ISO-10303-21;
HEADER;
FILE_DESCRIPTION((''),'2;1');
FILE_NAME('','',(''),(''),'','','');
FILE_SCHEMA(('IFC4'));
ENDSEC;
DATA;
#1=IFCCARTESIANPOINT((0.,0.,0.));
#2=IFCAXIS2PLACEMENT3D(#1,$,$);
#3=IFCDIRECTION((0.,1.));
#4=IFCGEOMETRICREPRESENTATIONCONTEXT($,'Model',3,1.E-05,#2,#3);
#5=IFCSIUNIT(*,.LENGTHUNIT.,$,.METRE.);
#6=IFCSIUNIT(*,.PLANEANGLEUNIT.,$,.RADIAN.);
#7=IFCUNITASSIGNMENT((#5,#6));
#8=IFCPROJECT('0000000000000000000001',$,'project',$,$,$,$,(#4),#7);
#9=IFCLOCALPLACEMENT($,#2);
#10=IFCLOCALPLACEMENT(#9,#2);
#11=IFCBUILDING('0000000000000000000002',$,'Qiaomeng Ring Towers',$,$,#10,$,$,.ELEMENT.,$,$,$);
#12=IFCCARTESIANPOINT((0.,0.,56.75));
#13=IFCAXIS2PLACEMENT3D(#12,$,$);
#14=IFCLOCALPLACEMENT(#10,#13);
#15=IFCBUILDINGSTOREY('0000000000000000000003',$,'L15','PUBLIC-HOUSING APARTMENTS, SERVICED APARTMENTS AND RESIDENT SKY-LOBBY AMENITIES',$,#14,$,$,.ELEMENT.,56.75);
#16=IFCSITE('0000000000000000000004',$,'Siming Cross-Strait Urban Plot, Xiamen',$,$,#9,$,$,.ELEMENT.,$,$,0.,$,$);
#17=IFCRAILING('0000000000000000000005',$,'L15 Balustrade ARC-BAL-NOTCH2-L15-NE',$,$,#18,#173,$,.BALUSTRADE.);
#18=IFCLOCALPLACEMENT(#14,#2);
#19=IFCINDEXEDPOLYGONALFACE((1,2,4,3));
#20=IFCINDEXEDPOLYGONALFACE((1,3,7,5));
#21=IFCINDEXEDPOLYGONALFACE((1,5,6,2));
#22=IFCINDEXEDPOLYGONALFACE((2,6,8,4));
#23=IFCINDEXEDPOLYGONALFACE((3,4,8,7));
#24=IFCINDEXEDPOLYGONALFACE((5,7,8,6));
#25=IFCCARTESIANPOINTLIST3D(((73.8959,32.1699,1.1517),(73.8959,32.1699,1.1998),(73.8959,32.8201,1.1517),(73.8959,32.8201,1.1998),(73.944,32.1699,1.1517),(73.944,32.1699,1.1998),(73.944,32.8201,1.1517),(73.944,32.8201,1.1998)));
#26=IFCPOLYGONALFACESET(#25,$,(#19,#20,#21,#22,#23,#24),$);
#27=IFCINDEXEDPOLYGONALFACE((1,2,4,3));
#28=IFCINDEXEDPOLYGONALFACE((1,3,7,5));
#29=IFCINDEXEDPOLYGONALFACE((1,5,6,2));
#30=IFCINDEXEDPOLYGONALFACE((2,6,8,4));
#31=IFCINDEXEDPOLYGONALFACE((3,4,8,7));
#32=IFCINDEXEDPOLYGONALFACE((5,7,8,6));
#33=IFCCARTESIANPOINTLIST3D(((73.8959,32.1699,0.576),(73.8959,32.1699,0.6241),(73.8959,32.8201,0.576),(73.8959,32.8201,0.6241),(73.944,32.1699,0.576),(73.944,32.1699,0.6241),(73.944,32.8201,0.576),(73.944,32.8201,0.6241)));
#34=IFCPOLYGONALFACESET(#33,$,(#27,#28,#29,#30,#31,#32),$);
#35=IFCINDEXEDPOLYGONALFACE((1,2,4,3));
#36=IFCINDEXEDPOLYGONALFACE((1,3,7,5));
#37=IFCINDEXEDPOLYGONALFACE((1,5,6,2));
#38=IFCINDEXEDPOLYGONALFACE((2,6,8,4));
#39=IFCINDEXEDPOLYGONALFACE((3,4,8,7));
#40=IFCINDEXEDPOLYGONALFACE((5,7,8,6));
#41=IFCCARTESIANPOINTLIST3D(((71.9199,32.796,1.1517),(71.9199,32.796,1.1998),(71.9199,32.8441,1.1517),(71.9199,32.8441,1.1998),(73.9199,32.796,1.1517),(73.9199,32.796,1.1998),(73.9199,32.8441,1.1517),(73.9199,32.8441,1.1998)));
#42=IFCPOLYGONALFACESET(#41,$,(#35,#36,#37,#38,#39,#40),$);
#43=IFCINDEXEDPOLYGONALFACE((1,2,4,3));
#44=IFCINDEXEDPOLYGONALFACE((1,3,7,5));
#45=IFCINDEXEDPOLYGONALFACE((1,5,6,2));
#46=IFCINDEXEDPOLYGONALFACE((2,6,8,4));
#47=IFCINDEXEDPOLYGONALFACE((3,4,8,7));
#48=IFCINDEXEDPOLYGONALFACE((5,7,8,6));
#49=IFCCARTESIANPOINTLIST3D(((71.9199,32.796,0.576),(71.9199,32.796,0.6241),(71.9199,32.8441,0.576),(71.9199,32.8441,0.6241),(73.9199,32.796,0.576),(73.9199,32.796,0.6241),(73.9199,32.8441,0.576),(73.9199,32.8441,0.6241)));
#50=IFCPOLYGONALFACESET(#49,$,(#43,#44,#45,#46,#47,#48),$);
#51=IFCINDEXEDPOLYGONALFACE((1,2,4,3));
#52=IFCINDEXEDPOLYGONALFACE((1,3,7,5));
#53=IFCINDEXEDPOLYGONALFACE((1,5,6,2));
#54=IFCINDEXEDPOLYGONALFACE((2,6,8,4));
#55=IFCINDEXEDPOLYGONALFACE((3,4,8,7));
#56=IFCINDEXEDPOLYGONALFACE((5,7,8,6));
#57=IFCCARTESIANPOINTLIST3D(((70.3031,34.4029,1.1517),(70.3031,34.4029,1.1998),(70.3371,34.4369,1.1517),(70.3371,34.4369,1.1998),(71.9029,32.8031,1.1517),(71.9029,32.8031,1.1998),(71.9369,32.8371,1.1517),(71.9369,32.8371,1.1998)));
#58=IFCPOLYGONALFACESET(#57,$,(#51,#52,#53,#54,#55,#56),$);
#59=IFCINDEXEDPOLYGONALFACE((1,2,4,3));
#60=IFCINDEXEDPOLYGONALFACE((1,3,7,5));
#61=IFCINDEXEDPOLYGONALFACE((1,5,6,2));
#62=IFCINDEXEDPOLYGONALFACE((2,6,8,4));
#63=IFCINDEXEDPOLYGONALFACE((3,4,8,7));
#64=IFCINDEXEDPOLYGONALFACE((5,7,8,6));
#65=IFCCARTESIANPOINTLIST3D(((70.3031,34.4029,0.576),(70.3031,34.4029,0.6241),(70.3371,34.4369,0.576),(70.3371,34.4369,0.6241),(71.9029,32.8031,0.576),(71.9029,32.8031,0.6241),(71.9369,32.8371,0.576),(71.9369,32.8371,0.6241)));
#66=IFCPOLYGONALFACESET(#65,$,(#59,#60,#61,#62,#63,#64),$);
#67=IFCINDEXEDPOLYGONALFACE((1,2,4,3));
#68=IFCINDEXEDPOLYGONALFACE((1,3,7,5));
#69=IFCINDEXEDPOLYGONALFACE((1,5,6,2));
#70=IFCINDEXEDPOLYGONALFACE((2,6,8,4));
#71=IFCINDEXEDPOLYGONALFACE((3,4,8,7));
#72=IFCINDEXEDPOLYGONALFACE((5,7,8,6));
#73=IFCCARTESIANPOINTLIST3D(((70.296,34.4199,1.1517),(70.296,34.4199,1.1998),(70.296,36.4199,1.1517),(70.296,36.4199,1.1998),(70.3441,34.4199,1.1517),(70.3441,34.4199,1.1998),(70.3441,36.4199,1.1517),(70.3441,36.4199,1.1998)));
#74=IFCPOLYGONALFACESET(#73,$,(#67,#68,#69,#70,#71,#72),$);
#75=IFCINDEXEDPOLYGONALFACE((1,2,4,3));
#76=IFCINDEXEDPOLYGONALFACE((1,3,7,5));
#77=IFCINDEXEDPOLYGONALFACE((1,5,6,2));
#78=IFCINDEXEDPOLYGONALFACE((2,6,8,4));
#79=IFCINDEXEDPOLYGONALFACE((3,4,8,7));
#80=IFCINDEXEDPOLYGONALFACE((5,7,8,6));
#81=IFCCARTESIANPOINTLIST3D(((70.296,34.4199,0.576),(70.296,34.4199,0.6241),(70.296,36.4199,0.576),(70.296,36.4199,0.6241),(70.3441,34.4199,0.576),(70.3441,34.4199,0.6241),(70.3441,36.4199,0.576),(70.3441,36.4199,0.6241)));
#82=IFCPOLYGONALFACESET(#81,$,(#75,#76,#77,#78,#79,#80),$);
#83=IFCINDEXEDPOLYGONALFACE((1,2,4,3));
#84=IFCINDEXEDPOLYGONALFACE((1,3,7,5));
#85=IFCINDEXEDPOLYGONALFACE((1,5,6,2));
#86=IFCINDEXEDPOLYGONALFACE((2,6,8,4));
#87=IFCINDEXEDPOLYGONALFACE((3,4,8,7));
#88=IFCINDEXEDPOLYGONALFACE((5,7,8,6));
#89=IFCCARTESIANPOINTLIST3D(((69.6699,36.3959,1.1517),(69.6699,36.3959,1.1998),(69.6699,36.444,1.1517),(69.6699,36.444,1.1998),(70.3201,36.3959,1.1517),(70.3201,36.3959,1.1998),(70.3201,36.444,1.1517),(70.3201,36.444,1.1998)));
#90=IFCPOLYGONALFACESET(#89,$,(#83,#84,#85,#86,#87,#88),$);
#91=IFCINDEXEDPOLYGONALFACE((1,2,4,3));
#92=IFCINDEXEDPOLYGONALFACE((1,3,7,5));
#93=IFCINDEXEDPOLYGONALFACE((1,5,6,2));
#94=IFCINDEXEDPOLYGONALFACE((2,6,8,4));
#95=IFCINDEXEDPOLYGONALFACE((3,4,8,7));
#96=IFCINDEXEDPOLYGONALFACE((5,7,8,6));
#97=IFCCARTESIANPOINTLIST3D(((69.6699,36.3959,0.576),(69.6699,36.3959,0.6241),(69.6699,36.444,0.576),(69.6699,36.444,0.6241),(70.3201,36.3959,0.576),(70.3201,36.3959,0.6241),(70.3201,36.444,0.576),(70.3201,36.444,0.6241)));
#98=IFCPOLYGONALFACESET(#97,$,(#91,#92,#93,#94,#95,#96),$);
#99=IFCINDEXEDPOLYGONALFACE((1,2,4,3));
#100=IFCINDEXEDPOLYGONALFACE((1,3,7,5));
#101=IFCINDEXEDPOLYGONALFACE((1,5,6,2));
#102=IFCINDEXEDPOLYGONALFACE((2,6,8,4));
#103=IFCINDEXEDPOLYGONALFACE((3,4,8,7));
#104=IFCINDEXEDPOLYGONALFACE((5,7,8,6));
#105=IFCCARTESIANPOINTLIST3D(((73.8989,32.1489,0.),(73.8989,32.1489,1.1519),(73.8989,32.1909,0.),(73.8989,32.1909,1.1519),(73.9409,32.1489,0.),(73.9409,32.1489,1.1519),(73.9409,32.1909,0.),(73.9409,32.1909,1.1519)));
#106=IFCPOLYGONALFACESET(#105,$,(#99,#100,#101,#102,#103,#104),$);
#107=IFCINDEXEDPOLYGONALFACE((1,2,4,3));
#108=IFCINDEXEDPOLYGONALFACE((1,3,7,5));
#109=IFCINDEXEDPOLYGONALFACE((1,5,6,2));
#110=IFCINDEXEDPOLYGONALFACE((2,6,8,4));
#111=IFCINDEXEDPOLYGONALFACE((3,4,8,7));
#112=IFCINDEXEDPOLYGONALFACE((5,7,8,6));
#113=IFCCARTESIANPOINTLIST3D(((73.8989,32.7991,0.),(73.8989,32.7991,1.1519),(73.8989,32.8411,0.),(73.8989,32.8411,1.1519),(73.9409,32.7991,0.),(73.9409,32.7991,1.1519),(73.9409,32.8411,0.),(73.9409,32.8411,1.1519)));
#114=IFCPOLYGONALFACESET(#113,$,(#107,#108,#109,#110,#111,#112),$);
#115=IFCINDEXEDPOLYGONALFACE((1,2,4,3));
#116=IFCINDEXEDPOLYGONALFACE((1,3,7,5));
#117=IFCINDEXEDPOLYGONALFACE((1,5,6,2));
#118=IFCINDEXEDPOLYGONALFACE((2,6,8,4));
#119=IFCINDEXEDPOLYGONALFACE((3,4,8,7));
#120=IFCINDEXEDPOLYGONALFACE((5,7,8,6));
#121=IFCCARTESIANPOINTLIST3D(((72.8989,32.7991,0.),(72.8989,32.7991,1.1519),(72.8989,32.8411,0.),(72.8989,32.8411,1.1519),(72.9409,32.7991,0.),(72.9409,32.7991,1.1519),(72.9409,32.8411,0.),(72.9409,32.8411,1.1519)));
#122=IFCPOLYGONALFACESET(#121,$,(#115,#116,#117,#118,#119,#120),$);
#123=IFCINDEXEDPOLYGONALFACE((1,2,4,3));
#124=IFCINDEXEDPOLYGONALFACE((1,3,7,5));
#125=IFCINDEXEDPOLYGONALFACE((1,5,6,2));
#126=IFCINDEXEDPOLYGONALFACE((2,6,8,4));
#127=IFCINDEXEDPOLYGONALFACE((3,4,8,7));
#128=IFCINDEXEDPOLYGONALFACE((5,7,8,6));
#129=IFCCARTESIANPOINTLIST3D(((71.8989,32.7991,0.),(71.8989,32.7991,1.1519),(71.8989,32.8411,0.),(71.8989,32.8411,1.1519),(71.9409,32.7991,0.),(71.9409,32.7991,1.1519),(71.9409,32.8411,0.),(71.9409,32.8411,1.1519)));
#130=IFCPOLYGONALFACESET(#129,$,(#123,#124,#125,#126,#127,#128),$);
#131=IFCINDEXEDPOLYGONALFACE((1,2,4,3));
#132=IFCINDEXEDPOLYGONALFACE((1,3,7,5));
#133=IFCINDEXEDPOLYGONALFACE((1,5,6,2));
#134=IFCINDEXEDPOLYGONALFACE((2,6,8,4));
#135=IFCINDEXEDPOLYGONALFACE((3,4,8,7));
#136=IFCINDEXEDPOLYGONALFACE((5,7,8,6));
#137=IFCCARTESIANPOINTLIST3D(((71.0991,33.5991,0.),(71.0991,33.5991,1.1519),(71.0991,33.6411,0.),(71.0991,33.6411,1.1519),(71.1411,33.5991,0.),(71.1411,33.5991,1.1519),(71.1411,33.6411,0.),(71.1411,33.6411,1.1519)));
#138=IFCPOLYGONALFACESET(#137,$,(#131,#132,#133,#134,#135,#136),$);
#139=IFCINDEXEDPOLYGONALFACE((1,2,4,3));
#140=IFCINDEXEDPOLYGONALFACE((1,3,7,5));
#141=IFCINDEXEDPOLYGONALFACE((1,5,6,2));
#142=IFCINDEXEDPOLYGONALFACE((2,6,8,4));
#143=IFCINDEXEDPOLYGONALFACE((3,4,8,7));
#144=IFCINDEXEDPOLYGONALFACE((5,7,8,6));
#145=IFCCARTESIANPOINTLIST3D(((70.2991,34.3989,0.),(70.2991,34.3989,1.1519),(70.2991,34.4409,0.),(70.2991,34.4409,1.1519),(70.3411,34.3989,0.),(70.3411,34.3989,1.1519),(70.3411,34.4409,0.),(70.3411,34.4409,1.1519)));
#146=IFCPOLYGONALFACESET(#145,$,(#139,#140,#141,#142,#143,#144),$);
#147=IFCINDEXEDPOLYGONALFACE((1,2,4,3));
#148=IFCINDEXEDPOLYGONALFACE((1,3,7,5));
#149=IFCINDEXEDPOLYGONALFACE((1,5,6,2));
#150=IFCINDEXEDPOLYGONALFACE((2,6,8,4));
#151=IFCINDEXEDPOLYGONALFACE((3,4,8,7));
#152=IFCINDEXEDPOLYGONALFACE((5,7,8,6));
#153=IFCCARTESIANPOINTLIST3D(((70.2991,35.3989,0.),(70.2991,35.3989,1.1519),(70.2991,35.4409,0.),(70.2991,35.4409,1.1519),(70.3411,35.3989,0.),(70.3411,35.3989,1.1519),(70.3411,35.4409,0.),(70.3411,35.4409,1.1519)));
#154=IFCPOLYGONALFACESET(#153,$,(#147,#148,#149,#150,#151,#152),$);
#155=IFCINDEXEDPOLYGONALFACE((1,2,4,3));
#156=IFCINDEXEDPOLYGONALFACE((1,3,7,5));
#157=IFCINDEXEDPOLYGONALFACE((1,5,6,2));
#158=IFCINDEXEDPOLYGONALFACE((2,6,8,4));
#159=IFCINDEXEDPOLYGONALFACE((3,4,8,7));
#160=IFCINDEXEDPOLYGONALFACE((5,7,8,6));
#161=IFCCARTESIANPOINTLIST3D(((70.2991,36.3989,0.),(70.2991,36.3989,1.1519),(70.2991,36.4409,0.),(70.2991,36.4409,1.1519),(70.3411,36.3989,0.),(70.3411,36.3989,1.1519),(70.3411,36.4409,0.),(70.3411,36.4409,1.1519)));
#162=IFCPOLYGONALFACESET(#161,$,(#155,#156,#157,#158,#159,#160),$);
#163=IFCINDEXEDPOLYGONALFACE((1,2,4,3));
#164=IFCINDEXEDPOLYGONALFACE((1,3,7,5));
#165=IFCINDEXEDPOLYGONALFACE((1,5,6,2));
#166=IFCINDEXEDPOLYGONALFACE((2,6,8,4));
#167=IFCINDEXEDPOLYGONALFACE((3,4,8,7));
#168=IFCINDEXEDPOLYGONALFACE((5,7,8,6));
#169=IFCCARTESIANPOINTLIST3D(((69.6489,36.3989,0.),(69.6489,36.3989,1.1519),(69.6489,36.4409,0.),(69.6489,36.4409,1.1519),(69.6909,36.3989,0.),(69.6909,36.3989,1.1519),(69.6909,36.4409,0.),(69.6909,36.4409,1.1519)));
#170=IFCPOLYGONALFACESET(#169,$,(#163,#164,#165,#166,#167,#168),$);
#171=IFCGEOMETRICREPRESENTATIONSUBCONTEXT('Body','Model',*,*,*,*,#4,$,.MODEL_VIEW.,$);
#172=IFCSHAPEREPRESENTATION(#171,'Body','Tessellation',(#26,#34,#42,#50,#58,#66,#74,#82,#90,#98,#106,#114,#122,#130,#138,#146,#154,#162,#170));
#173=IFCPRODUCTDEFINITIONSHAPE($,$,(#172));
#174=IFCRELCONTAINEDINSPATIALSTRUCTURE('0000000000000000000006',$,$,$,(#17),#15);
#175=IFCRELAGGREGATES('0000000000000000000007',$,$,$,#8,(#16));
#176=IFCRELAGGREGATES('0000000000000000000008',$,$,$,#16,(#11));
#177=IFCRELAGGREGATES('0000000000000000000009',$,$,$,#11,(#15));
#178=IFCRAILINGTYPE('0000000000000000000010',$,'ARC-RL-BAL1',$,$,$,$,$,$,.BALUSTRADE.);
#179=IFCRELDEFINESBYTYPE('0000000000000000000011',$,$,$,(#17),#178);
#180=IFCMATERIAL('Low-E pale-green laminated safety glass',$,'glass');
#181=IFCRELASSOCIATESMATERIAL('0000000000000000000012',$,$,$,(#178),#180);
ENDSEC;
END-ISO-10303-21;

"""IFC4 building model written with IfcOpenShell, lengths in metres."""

from ifc_helpers import new_model, si_unit, direction, frame, origin, origin_2d, place, context, subcontext, project, spatial, rectangle, extrude, material, type_object, element, save


model = new_model("IFC4")

# Units and contexts
model_context = context("Model", 3, precision=1e-05, world=origin(), true_north=direction((0.0, 1.0)))
body_context = subcontext(model_context, "Body", "Model", "MODEL_VIEW")
ifc_project = project(units=[si_unit("LENGTHUNIT", "METRE"), si_unit("PLANEANGLEUNIT", "RADIAN")], contexts=[model_context])

# Site, building, storey
site_placement = place(None, origin())
site = spatial("IfcSite", under=ifc_project, at=site_placement, Name="Siming Cross-Strait Urban Plot, Xiamen", CompositionType="ELEMENT", RefElevation=0.0)
building_placement = place(site_placement, origin())
building = spatial("IfcBuilding", under=site, at=building_placement, Name="Qiaomeng Ring Towers", CompositionType="ELEMENT")
storey_placement = place(building_placement, frame((0.0, 0.0, 56.75)))
storey = spatial("IfcBuildingStorey", under=building, at=storey_placement, Name="L15", Description="PUBLIC-HOUSING APARTMENTS, SERVICED APARTMENTS AND RESIDENT SKY-LOBBY AMENITIES", CompositionType="ELEMENT", Elevation=56.75)

# Railing
ifc_material_1 = material(Name="Low-E pale-green laminated safety glass", Category="glass")
railing_type = type_object("IfcRailingType", Name="ARC-RL-BAL1", PredefinedType="BALUSTRADE", material=ifc_material_1)
railing_1_placement = place(storey_placement, frame((73.9199, 32.1699, 0.0)))
element("IfcRailing", 1, at=railing_1_placement, inside=storey, type_object=railing_type, Name="L15 Balustrade ARC-BAL-NOTCH2-L15-NE", PredefinedType="BALUSTRADE", context=body_context, shape_type="SweptSolid", body=[
    extrude(rectangle(XDim=0.0481, YDim=0.0481, at=origin_2d()), frame((0.0, 0.0, 1.1758), z_axis=(0.0, 1.0, 0.0), x_axis=(-1.0, 0.0, 0.0)), (0.0, 0.0, 1.0), 0.6501),
    extrude(rectangle(XDim=0.0481, YDim=0.0481, at=origin_2d()), frame((0.0, 0.0, 0.6001), z_axis=(0.0, 1.0, 0.0), x_axis=(-1.0, 0.0, 0.0)), (0.0, 0.0, 1.0), 0.6501),
    extrude(rectangle(XDim=0.0481, YDim=0.0481, at=origin_2d()), frame((0.0, 0.6501, 1.1758), z_axis=(-1.0, 0.0, 0.0), x_axis=(0.0, -1.0, 0.0)), (0.0, 0.0, 1.0), 2.0),
    extrude(rectangle(XDim=0.0481, YDim=0.0481, at=origin_2d()), frame((0.0, 0.6501, 0.6001), z_axis=(-1.0, 0.0, 0.0), x_axis=(0.0, -1.0, 0.0)), (0.0, 0.0, 1.0), 2.0),
    extrude(rectangle(XDim=0.0481, YDim=0.0481, at=origin_2d()), frame((-2.0, 0.6501, 1.1758), z_axis=(-0.707107, 0.707107, 0.0), x_axis=(-0.707107, -0.707107, 0.0)), (0.0, 0.0, 1.0), 2.2625),
    extrude(rectangle(XDim=0.0481, YDim=0.0481, at=origin_2d()), frame((-2.0, 0.6501, 0.6001), z_axis=(-0.707107, 0.707107, 0.0), x_axis=(-0.707107, -0.707107, 0.0)), (0.0, 0.0, 1.0), 2.2625),
    extrude(rectangle(XDim=0.0481, YDim=0.0481, at=origin_2d()), frame((-3.5999, 2.25, 1.1758), z_axis=(0.0, 1.0, 0.0), x_axis=(-1.0, 0.0, 0.0)), (0.0, 0.0, 1.0), 2.0),
    extrude(rectangle(XDim=0.0481, YDim=0.0481, at=origin_2d()), frame((-3.5999, 2.25, 0.6001), z_axis=(0.0, 1.0, 0.0), x_axis=(-1.0, 0.0, 0.0)), (0.0, 0.0, 1.0), 2.0),
    extrude(rectangle(XDim=0.0481, YDim=0.0481, at=origin_2d()), frame((-3.5999, 4.25, 1.1758), z_axis=(-1.0, 0.0, 0.0), x_axis=(0.0, -1.0, 0.0)), (0.0, 0.0, 1.0), 0.6501),
    extrude(rectangle(XDim=0.0481, YDim=0.0481, at=origin_2d()), frame((-3.5999, 4.25, 0.6001), z_axis=(-1.0, 0.0, 0.0), x_axis=(0.0, -1.0, 0.0)), (0.0, 0.0, 1.0), 0.6501),
    extrude(rectangle(XDim=0.042, YDim=0.042, at=origin_2d()), origin(), (0.0, 0.0, 1.0), 1.1519),
    extrude(rectangle(XDim=0.042, YDim=0.042, at=origin_2d()), frame((0.0, 0.6501, 0.0)), (0.0, 0.0, 1.0), 1.1519),
    extrude(rectangle(XDim=0.042, YDim=0.042, at=origin_2d()), frame((-1.0, 0.6501, 0.0)), (0.0, 0.0, 1.0), 1.1519),
    extrude(rectangle(XDim=0.042, YDim=0.042, at=origin_2d()), frame((-2.0, 0.6501, 0.0)), (0.0, 0.0, 1.0), 1.1519),
    extrude(rectangle(XDim=0.042, YDim=0.042, at=origin_2d()), frame((-2.7998, 1.4502, 0.0)), (0.0, 0.0, 1.0), 1.1519),
    extrude(rectangle(XDim=0.042, YDim=0.042, at=origin_2d()), frame((-3.5999, 2.25, 0.0)), (0.0, 0.0, 1.0), 1.1519),
    extrude(rectangle(XDim=0.042, YDim=0.042, at=origin_2d()), frame((-3.5999, 3.25, 0.0)), (0.0, 0.0, 1.0), 1.1519),
    extrude(rectangle(XDim=0.042, YDim=0.042, at=origin_2d()), frame((-3.5999, 4.25, 0.0)), (0.0, 0.0, 1.0), 1.1519),
    extrude(rectangle(XDim=0.042, YDim=0.042, at=origin_2d()), frame((-4.25, 4.25, 0.0)), (0.0, 0.0, 1.0), 1.1519),
])

save(model, "model.ifc")
